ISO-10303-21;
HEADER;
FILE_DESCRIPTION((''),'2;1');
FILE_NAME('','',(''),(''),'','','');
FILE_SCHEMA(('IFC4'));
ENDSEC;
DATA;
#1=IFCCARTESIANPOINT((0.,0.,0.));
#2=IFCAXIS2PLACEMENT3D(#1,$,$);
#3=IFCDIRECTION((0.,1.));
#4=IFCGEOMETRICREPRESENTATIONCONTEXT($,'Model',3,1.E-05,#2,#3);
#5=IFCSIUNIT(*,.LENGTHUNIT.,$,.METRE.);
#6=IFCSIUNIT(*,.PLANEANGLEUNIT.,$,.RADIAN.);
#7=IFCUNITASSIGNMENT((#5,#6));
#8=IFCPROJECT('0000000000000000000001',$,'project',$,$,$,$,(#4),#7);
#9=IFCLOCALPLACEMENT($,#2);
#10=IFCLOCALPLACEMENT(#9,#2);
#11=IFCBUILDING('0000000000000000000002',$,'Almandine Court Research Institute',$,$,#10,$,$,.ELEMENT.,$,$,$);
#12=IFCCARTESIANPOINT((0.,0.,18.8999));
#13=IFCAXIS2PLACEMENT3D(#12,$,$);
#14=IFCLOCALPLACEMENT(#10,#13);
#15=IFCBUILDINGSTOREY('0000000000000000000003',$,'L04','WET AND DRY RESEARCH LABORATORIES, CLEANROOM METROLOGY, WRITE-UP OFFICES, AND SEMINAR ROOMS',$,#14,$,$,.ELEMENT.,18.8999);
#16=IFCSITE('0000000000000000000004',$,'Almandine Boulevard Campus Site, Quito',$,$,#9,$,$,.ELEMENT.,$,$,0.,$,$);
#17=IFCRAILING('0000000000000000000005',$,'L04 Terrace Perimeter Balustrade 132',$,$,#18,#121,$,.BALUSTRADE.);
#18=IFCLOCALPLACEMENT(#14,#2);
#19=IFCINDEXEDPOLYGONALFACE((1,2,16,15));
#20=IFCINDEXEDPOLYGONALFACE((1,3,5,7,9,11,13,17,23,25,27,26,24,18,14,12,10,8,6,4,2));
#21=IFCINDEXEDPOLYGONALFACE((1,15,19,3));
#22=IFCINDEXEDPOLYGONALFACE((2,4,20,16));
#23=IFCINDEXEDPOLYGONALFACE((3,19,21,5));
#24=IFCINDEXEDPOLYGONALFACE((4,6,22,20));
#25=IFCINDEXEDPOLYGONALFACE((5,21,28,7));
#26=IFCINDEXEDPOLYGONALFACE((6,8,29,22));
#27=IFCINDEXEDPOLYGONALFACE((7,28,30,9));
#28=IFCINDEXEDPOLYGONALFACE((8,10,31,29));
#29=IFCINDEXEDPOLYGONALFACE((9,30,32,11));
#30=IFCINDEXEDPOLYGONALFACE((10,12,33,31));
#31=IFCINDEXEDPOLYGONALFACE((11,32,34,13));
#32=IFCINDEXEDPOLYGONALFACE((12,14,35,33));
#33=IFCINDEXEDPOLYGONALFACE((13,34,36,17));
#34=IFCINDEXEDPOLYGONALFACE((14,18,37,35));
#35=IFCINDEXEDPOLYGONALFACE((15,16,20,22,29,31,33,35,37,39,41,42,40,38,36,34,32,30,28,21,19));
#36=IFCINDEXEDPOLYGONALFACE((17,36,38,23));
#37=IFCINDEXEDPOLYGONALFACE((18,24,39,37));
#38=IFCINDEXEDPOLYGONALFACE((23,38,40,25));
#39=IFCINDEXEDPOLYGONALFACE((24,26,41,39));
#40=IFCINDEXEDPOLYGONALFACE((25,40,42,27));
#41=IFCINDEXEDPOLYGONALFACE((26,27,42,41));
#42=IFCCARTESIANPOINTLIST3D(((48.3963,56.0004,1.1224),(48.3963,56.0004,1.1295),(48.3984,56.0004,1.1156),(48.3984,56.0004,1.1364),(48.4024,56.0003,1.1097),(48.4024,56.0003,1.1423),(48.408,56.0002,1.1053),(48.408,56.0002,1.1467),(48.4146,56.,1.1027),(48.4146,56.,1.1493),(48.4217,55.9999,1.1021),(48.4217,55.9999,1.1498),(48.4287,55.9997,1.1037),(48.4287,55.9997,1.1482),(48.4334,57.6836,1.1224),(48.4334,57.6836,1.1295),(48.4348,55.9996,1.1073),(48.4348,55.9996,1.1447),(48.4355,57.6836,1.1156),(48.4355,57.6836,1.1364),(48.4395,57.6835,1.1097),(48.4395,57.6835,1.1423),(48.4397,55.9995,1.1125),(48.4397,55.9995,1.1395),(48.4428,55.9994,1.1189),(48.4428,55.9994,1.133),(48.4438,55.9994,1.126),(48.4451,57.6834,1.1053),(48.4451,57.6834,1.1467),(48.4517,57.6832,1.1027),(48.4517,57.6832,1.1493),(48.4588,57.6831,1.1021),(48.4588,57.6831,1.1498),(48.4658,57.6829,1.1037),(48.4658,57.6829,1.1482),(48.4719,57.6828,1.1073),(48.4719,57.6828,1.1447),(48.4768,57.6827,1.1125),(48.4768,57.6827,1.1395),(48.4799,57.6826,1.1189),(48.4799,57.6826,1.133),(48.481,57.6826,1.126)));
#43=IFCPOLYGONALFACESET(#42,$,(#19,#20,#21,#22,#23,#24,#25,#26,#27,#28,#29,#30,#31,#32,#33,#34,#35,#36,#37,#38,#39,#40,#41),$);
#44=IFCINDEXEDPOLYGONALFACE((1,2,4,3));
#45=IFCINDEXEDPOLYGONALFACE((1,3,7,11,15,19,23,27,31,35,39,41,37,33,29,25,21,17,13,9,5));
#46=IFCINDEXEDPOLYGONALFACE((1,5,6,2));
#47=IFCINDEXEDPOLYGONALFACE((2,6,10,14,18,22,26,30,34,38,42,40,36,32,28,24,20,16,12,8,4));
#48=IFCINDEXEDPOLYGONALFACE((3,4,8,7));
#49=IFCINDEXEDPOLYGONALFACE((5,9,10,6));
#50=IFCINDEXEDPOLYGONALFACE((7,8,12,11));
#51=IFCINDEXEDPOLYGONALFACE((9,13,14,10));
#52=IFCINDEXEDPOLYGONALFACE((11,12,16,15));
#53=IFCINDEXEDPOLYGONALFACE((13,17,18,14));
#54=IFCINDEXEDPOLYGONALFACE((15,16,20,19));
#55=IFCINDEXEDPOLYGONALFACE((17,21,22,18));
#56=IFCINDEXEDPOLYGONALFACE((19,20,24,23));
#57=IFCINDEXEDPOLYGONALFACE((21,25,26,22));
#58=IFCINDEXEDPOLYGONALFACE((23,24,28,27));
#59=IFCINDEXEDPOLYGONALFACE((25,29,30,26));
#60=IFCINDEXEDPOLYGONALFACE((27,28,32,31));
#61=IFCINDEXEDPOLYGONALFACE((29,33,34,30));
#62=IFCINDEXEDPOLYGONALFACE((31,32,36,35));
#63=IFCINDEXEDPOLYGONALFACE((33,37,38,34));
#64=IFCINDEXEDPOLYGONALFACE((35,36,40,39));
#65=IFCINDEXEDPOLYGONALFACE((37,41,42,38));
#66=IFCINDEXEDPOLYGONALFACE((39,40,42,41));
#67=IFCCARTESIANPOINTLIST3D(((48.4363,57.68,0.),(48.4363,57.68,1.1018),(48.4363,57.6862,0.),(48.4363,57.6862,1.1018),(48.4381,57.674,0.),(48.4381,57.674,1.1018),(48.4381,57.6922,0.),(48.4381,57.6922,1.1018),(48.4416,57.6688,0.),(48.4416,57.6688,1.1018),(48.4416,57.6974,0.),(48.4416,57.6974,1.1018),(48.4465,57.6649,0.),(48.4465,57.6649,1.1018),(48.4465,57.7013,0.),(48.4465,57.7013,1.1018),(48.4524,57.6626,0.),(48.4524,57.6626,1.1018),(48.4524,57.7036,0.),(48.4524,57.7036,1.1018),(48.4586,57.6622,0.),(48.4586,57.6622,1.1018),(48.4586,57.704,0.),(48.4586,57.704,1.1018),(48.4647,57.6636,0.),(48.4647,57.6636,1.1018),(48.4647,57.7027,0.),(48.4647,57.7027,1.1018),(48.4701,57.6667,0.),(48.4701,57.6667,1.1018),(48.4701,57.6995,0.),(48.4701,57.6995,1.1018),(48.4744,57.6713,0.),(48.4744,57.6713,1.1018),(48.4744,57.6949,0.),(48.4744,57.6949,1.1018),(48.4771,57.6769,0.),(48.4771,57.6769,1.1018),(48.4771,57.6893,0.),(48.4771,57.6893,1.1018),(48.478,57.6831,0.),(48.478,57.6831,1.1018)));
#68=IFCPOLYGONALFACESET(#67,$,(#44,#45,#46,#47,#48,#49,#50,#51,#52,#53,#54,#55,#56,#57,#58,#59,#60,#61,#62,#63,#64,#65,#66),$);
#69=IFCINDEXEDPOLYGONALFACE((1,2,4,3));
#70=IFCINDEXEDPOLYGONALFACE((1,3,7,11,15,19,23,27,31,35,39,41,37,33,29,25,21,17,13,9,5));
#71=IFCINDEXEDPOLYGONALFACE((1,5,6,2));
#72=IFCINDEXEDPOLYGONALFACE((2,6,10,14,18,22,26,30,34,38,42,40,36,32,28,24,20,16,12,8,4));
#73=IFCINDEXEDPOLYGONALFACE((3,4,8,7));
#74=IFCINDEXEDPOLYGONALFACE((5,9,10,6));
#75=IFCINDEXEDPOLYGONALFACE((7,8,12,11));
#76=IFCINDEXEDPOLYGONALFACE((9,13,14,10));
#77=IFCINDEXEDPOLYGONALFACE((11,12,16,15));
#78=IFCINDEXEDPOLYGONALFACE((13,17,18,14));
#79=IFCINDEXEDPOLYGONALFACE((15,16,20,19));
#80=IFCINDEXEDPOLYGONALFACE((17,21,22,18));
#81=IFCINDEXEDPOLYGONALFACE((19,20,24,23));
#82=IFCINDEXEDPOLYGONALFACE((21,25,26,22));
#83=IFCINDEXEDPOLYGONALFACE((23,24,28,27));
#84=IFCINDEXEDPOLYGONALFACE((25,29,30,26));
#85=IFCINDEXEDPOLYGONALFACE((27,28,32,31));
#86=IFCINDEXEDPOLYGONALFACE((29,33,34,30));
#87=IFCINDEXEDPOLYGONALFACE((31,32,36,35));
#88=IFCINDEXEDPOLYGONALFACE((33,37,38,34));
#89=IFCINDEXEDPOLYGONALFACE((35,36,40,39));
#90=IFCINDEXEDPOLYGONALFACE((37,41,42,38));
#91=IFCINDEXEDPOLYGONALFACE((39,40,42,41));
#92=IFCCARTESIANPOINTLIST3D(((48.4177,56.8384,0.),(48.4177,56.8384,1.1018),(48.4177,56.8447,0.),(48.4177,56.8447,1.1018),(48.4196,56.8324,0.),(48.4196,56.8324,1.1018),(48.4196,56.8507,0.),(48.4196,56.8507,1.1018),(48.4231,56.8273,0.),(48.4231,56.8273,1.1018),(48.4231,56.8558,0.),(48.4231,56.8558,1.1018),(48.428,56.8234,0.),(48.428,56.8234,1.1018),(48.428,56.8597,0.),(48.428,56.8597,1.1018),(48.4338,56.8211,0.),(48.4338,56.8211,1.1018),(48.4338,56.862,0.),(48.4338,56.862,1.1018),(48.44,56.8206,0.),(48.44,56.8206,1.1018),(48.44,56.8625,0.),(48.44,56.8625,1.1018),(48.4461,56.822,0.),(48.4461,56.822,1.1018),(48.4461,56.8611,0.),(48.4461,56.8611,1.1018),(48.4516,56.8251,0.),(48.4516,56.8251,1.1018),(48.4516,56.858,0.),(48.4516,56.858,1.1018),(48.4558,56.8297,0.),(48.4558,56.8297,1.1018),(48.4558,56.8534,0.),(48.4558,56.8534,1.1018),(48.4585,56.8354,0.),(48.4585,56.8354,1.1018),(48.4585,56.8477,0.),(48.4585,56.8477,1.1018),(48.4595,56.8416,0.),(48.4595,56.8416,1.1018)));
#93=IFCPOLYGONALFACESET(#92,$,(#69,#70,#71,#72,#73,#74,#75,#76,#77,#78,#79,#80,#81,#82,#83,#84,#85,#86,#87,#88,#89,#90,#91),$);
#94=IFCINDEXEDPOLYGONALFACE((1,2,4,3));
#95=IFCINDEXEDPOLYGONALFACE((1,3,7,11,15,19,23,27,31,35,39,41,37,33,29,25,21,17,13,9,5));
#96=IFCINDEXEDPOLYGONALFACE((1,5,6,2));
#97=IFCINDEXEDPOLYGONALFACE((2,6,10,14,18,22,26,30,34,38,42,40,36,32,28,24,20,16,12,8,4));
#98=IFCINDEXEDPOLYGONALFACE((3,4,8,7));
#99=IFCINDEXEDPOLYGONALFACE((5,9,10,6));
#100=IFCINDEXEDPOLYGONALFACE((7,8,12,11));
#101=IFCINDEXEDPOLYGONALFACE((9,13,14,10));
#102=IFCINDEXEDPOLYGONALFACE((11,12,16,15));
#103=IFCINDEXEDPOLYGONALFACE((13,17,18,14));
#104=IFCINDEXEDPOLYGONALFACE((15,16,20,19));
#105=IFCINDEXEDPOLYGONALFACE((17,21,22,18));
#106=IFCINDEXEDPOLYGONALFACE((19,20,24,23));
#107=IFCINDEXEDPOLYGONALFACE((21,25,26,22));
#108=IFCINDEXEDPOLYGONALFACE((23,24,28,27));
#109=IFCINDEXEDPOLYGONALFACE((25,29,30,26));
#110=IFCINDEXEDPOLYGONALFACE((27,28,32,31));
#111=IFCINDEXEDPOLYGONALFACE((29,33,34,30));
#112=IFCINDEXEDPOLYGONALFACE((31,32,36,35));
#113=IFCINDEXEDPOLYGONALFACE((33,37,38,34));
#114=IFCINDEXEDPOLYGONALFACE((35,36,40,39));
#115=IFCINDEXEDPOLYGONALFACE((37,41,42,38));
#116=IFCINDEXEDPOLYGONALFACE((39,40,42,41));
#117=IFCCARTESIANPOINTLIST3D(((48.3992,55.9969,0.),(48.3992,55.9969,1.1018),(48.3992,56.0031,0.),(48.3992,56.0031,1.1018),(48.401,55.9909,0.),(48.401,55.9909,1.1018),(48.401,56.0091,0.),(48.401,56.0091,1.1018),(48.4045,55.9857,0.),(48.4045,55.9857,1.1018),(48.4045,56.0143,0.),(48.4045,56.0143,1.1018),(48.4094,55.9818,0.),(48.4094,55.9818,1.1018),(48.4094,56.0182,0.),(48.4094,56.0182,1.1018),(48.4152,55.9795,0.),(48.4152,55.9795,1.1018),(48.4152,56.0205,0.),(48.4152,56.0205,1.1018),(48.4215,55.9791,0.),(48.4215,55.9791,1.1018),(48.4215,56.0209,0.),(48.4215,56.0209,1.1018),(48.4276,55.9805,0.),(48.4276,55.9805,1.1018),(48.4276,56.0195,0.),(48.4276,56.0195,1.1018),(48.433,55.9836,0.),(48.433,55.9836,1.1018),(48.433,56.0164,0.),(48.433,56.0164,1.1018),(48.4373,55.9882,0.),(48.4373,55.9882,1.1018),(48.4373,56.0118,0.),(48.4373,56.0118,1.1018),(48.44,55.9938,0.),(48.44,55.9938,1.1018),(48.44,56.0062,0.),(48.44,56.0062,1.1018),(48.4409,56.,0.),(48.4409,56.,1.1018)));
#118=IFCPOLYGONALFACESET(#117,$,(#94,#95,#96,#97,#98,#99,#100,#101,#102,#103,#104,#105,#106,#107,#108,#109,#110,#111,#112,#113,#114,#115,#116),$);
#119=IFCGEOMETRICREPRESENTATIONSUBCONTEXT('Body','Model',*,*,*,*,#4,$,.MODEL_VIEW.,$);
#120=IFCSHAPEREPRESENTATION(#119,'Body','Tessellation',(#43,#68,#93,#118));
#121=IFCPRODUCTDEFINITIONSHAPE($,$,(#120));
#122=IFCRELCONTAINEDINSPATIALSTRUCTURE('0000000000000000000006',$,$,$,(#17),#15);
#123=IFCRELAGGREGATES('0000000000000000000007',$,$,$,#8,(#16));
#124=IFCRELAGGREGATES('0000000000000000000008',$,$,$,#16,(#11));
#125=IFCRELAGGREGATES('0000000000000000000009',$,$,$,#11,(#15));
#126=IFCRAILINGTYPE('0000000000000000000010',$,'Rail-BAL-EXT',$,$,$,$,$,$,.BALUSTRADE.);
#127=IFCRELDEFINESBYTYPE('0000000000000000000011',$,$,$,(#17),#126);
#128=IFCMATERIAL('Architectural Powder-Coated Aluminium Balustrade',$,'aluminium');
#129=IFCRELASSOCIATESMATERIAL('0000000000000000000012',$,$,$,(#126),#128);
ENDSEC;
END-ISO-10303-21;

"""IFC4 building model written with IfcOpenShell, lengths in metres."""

from ifc_helpers import new_model, si_unit, direction, frame, origin, origin_2d, place, context, subcontext, project, spatial, circle, extrude, material, type_object, element, save


model = new_model("IFC4")

# Units and contexts
model_context = context("Model", 3, precision=1e-05, world=origin(), true_north=direction((0.0, 1.0)))
body_context = subcontext(model_context, "Body", "Model", "MODEL_VIEW")
ifc_project = project(units=[si_unit("LENGTHUNIT", "METRE"), si_unit("PLANEANGLEUNIT", "RADIAN")], contexts=[model_context])

# Site, building, storey
site_placement = place(None, origin())
site = spatial("IfcSite", under=ifc_project, at=site_placement, Name="Almandine Boulevard Campus Site, Quito", CompositionType="ELEMENT", RefElevation=0.0)
building_placement = place(site_placement, origin())
building = spatial("IfcBuilding", under=site, at=building_placement, Name="Almandine Court Research Institute", CompositionType="ELEMENT")
storey_placement = place(building_placement, frame((0.0, 0.0, 18.8999)))
storey = spatial("IfcBuildingStorey", under=building, at=storey_placement, Name="L04", Description="WET AND DRY RESEARCH LABORATORIES, CLEANROOM METROLOGY, WRITE-UP OFFICES, AND SEMINAR ROOMS", CompositionType="ELEMENT", Elevation=18.8999)

# Railing
ifc_material_1 = material(Name="Architectural Powder-Coated Aluminium Balustrade", Category="aluminium")
railing_type = type_object("IfcRailingType", Name="Rail-BAL-EXT", PredefinedType="BALUSTRADE", material=ifc_material_1)
railing_1_placement = place(storey_placement, frame((48.457, 57.6831, 0.0)))
element("IfcRailing", 1, at=railing_1_placement, inside=storey, type_object=railing_type, Name="L04 Terrace Perimeter Balustrade 132", PredefinedType="BALUSTRADE", context=body_context, shape_type="SweptSolid", body=[
    extrude(circle(Radius=0.0239, at=origin_2d()), frame((0.0, 0.0, 1.126), z_axis=(-0.022043, -0.999757, 0.0), x_axis=(0.999757, -0.022043, 0.0)), (0.0, 0.0, 1.0), 1.6836),
    extrude(circle(Radius=0.021, at=origin_2d()), origin(), (0.0, 0.0, 1.0), 1.1018),
    extrude(circle(Radius=0.021, at=origin_2d()), frame((-0.0186, -0.8416, 0.0)), (0.0, 0.0, 1.0), 1.1018),
    extrude(circle(Radius=0.021, at=origin_2d()), frame((-0.0371, -1.6831, 0.0)), (0.0, 0.0, 1.0), 1.1018),
])

save(model, "model.ifc")
